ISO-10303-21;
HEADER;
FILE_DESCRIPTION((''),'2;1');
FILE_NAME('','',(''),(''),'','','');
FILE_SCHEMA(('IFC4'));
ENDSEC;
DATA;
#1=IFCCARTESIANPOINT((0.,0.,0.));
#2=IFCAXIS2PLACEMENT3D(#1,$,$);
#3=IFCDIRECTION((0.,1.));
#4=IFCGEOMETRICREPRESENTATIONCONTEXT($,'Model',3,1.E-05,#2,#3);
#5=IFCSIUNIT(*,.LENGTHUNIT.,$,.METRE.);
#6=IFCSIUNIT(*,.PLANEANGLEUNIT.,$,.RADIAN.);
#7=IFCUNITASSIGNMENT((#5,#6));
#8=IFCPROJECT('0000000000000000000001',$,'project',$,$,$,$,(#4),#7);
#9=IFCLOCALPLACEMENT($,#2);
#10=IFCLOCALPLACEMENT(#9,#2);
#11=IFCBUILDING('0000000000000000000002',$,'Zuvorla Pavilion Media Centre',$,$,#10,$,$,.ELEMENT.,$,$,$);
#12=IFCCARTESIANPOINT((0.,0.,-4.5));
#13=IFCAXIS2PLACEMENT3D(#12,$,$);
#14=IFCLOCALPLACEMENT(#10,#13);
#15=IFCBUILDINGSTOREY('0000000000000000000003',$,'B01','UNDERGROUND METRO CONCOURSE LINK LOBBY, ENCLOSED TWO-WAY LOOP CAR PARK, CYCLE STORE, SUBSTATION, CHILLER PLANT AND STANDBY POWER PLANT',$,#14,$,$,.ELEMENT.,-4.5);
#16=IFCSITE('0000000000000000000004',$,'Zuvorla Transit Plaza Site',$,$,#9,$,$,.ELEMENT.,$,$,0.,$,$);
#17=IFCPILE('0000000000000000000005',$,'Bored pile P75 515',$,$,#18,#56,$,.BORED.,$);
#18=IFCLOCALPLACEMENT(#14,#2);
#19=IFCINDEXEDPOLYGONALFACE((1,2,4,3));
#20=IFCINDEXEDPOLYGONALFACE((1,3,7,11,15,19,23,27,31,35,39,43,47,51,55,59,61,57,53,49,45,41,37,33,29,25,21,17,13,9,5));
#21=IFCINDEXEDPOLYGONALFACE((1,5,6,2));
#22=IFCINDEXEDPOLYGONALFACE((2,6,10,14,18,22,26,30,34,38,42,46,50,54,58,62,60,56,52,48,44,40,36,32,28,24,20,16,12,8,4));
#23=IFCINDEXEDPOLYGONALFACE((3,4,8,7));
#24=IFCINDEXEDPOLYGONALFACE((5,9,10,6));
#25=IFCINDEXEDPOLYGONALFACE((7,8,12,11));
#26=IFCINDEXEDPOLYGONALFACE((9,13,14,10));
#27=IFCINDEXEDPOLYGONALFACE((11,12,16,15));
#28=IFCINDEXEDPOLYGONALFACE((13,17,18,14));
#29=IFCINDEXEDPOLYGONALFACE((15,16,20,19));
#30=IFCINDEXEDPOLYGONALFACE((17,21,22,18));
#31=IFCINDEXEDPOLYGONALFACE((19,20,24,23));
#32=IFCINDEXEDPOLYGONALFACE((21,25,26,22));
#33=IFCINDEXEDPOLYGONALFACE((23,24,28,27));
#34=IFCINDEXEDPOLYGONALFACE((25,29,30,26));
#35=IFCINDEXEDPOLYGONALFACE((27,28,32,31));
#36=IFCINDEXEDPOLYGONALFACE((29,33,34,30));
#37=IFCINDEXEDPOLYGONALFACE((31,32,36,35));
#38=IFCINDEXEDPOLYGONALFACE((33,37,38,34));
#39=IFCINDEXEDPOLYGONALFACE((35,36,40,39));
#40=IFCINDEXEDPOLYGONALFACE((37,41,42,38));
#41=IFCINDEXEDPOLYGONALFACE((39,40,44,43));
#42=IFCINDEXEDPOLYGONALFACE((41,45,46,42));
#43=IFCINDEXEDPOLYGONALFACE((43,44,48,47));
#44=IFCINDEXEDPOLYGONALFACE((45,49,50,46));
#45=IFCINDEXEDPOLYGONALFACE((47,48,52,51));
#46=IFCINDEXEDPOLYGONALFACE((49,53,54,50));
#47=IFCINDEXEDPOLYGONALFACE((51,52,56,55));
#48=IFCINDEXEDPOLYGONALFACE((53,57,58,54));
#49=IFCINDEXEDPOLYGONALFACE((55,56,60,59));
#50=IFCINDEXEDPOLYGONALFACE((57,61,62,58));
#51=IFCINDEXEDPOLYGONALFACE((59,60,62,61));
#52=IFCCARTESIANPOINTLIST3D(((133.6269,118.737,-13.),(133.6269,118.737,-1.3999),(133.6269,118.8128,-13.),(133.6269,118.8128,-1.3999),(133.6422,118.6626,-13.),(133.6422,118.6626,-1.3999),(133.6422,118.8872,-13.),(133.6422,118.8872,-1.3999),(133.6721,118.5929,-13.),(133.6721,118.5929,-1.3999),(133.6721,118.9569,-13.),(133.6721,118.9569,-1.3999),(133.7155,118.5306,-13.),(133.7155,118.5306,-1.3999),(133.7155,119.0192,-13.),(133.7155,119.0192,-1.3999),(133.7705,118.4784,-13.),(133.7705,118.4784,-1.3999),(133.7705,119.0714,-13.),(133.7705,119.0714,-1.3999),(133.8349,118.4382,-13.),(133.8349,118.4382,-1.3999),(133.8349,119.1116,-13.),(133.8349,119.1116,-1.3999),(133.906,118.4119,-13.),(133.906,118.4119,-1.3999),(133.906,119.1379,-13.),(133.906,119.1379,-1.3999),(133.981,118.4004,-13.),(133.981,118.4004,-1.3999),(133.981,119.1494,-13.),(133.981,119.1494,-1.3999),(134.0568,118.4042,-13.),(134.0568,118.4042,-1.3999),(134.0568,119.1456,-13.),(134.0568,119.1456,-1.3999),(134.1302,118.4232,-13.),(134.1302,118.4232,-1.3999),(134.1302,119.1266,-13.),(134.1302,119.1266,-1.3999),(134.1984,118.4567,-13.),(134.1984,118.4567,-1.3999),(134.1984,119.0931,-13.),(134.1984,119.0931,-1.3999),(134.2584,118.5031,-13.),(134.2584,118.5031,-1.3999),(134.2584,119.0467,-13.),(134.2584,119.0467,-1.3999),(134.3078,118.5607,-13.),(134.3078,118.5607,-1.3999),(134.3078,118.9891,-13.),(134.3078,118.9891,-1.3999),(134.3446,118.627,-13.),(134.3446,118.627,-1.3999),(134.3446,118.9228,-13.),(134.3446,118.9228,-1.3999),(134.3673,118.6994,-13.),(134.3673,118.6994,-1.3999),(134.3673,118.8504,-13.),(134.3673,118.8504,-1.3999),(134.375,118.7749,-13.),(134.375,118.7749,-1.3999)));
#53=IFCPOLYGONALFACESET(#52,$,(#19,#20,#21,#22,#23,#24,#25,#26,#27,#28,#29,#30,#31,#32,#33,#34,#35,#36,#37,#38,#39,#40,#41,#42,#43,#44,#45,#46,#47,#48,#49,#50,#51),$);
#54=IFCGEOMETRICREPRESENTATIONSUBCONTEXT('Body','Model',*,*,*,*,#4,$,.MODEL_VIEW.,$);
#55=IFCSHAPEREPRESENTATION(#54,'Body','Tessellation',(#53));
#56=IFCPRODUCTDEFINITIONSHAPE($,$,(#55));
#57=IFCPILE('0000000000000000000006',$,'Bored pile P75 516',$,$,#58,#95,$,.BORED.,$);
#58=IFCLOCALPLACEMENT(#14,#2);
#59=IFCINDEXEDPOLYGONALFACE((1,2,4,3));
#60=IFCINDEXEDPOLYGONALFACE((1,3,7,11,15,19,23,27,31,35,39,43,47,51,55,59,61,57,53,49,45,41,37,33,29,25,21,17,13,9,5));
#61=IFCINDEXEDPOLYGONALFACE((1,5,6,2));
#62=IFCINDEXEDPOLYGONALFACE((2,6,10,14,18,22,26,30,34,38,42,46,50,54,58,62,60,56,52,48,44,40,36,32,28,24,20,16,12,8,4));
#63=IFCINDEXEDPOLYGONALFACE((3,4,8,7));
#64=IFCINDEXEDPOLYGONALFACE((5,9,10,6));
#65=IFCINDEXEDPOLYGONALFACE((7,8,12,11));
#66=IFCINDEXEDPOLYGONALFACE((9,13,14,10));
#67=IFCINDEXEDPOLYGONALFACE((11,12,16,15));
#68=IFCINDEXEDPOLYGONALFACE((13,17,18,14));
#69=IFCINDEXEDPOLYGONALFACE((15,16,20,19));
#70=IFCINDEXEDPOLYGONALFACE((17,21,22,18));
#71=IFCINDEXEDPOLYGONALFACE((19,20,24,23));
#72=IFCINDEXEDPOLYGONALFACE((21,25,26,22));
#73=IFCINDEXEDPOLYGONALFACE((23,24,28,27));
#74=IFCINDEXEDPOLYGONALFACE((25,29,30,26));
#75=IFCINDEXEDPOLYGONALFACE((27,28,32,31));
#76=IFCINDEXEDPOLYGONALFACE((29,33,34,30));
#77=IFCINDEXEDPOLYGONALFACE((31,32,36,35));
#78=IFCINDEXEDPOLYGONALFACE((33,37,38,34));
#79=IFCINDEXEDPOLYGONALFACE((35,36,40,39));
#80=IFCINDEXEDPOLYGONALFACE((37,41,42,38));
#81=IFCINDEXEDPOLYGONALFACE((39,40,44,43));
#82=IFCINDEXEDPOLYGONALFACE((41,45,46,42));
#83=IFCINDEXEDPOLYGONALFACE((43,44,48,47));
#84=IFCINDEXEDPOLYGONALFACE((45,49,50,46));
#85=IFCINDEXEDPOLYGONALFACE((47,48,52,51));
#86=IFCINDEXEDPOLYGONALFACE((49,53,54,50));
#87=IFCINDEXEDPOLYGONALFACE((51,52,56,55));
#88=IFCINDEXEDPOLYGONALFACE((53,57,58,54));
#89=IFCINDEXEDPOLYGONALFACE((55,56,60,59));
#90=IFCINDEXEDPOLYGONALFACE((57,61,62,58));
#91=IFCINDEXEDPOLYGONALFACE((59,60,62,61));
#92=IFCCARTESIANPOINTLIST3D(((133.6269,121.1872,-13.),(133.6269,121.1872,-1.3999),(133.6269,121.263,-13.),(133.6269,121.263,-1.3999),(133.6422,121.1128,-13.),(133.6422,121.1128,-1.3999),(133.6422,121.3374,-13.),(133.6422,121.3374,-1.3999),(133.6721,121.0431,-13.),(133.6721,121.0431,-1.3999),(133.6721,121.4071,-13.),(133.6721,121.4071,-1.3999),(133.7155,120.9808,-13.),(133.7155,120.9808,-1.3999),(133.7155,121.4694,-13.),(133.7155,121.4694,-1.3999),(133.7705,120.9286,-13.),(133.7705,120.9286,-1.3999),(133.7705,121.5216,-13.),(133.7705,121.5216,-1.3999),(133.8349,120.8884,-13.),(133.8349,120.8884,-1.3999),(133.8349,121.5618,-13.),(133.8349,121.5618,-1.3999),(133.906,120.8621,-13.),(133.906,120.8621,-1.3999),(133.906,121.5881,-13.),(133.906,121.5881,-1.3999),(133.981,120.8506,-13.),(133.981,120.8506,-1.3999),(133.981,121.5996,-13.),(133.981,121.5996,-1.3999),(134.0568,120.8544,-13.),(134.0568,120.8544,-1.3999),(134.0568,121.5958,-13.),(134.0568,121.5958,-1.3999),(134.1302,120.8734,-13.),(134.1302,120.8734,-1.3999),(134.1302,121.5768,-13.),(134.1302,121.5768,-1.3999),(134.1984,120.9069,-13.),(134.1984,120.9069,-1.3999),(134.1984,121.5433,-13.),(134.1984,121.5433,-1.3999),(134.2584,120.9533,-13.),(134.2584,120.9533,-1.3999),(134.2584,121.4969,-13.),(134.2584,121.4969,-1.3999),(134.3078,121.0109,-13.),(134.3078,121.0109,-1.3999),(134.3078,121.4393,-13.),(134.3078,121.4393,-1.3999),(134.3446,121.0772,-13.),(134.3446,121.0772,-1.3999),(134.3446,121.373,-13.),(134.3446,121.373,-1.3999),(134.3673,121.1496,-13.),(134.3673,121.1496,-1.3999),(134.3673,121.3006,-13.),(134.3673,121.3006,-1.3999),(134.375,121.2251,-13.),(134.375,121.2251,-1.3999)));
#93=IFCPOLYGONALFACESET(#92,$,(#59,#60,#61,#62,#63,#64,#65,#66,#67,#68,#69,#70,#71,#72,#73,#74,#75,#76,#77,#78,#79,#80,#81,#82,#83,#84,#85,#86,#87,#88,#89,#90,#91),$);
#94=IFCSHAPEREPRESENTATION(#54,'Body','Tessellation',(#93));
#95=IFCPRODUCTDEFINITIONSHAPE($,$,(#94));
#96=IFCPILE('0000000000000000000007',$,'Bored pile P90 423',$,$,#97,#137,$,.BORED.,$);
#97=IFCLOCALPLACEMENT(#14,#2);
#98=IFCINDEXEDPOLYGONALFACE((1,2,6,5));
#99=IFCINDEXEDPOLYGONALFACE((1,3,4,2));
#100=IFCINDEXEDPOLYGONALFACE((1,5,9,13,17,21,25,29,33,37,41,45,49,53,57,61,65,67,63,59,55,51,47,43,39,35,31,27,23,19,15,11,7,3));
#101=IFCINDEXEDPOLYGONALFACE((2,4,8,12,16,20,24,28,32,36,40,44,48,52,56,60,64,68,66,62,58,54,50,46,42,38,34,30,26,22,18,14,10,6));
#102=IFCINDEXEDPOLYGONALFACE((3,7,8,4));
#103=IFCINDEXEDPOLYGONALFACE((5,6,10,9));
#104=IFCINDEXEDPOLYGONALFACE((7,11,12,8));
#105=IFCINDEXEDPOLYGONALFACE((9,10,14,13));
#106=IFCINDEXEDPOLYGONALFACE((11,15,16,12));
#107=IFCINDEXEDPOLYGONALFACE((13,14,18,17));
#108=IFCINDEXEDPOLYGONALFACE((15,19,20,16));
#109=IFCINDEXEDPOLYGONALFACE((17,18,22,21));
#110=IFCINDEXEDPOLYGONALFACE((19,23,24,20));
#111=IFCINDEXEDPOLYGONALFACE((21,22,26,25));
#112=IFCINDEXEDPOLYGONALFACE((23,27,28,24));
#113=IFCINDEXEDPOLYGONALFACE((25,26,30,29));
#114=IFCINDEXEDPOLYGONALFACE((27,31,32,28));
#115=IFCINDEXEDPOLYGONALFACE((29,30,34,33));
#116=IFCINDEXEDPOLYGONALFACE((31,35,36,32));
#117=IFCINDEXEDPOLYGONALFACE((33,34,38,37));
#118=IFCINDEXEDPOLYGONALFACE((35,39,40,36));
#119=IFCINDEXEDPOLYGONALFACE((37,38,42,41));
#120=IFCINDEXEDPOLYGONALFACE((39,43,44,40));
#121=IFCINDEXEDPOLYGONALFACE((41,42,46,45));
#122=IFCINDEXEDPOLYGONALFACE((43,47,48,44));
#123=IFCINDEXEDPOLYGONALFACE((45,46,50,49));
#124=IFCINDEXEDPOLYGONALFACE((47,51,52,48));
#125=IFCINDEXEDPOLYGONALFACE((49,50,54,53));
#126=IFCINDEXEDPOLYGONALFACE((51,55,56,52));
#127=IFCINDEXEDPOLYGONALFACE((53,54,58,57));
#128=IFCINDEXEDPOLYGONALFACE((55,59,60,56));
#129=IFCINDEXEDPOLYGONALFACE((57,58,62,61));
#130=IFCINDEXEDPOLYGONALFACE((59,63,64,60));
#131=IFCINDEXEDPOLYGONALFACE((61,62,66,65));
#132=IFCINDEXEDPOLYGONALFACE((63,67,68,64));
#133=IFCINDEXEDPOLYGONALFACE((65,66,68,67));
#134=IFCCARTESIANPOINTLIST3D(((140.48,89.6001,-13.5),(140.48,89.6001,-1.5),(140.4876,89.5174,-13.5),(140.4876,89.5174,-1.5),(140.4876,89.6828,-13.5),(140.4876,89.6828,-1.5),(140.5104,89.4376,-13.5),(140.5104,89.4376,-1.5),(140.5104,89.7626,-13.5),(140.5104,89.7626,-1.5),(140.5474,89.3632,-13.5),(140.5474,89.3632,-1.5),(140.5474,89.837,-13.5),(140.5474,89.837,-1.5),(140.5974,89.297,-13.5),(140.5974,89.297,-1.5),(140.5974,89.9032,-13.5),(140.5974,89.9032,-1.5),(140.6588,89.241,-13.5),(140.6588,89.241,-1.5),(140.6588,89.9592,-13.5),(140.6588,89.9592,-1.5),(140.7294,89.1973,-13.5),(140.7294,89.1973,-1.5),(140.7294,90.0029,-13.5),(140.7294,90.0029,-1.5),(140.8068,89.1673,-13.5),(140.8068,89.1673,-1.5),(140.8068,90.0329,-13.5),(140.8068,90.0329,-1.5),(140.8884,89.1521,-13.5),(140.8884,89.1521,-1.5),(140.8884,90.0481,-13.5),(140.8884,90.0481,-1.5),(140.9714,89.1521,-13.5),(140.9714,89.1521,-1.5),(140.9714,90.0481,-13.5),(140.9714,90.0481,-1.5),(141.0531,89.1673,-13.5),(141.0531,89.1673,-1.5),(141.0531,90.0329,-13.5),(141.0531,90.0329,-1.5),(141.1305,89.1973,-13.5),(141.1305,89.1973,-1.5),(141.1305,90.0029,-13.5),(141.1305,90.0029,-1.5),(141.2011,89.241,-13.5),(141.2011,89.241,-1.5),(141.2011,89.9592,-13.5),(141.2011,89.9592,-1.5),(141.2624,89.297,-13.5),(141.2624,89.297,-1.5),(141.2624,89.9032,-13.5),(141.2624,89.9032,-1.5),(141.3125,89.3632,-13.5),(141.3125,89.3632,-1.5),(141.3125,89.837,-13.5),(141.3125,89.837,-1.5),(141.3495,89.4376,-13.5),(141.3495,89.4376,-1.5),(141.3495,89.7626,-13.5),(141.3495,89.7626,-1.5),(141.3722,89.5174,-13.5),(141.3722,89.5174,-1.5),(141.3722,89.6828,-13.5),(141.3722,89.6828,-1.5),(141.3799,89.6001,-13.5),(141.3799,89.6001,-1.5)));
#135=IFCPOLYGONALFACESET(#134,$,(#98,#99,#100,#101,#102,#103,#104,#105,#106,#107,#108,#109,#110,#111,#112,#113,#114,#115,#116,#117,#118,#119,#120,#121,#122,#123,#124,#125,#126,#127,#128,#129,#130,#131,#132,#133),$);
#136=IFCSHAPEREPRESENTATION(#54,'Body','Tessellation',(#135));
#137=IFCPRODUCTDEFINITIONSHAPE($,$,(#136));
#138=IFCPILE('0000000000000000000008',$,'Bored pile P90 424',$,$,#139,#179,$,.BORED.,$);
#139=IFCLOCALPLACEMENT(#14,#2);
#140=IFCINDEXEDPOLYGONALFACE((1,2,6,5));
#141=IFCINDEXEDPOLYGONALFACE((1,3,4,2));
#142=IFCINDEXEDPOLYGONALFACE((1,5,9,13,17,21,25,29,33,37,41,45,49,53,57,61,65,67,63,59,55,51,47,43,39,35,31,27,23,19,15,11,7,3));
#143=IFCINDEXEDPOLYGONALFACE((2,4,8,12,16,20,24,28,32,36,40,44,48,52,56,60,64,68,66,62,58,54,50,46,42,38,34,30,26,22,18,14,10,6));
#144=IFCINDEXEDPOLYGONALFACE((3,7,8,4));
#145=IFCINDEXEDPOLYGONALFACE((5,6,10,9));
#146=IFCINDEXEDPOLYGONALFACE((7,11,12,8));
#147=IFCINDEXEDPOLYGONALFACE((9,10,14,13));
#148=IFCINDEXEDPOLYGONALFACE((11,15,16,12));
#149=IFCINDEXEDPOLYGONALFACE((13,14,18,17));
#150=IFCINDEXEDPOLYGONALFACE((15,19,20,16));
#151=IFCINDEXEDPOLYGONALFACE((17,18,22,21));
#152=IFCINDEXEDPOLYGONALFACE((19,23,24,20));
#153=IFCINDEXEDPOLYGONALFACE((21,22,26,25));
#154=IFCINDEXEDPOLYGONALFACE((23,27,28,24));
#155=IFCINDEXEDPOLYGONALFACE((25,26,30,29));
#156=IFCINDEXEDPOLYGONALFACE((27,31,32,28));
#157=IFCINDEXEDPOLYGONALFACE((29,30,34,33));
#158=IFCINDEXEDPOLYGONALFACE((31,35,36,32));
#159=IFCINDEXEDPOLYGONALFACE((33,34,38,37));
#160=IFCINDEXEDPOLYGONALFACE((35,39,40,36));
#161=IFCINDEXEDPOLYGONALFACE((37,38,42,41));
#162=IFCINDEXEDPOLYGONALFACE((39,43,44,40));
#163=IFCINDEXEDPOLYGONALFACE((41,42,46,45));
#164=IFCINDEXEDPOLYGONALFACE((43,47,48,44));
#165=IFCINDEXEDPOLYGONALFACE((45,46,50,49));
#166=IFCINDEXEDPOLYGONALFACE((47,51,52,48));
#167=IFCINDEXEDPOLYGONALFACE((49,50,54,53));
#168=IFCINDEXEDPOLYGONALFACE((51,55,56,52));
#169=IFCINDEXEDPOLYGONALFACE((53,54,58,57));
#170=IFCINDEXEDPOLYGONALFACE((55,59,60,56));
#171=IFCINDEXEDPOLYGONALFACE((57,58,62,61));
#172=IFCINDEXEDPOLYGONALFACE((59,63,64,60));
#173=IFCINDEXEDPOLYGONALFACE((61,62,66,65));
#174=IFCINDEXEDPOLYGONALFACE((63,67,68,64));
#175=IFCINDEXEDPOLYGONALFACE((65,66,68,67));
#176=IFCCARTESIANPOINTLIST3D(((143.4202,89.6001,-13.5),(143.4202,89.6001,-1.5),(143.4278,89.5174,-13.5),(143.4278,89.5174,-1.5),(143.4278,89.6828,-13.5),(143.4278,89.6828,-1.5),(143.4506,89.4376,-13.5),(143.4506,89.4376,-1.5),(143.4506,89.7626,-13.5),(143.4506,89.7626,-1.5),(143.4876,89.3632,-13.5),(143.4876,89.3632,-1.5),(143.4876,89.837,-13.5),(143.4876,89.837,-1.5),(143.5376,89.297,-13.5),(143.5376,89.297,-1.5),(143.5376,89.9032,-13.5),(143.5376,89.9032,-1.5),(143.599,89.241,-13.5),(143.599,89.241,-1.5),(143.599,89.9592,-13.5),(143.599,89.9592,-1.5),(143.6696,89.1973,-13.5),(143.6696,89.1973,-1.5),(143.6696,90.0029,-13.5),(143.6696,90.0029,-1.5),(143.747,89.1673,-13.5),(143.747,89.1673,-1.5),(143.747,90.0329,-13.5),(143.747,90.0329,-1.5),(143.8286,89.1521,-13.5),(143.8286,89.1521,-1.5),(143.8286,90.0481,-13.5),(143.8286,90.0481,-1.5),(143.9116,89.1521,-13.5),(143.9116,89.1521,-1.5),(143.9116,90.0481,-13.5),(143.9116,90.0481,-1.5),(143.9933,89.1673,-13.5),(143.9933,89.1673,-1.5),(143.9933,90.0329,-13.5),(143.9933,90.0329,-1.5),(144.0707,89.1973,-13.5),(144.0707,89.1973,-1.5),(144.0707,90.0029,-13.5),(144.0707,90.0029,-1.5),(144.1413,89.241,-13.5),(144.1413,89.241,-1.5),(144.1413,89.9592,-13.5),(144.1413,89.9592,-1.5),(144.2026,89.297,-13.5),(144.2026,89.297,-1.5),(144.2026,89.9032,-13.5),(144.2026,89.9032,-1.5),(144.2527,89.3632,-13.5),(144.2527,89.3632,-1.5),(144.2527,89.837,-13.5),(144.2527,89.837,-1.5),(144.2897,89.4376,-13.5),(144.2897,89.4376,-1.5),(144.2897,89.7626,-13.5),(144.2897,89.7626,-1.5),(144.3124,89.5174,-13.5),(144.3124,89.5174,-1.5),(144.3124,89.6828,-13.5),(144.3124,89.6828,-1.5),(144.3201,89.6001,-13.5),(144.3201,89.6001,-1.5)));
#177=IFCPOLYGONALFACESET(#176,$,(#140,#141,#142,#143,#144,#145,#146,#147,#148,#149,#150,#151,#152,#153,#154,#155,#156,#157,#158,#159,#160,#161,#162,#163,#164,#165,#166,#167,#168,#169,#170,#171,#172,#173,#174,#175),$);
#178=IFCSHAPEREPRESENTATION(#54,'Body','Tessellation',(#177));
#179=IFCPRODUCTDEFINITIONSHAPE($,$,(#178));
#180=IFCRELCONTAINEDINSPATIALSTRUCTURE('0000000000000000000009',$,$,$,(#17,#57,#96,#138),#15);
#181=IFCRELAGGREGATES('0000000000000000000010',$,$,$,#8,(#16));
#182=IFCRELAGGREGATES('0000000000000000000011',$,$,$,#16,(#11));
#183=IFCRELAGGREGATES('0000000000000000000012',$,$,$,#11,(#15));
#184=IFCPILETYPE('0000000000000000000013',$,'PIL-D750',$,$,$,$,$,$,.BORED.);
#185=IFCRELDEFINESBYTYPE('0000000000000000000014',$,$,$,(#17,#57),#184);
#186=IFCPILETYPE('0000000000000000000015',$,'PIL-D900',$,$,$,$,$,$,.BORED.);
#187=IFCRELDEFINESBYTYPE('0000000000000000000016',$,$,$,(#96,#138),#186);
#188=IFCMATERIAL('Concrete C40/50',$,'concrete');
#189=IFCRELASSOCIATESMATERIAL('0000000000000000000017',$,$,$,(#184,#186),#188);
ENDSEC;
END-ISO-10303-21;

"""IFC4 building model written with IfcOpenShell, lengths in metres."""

from ifc_helpers import new_model, si_unit, direction, frame, origin, origin_2d, place, context, subcontext, project, spatial, circle, extrude, material, material_profile, profile_set, type_object, element, save


model = new_model("IFC4")

# Units and contexts
model_context = context("Model", 3, precision=1e-05, world=origin(), true_north=direction((0.0, 1.0)))
body_context = subcontext(model_context, "Body", "Model", "MODEL_VIEW")
ifc_project = project(units=[si_unit("LENGTHUNIT", "METRE"), si_unit("PLANEANGLEUNIT", "RADIAN")], contexts=[model_context])

# Site, building, storey
site_placement = place(None, origin())
site = spatial("IfcSite", under=ifc_project, at=site_placement, Name="Zuvorla Transit Plaza Site", CompositionType="ELEMENT", RefElevation=0.0)
building_placement = place(site_placement, origin())
building = spatial("IfcBuilding", under=site, at=building_placement, Name="Zuvorla Pavilion Media Centre", CompositionType="ELEMENT")
storey_placement = place(building_placement, frame((0.0, 0.0, -4.5)))
storey = spatial("IfcBuildingStorey", under=building, at=storey_placement, Name="B01", Description="UNDERGROUND METRO CONCOURSE LINK LOBBY, ENCLOSED TWO-WAY LOOP CAR PARK, CYCLE STORE, SUBSTATION, CHILLER PLANT AND STANDBY POWER PLANT", CompositionType="ELEMENT", Elevation=-4.5)

# Shared definitions
ifc_material = material(Name="Concrete C40/50", Category="concrete")

# Piles
ifc_material_profile_1 = material_profile(ifc_material, circle(Radius=0.375, at=origin_2d()), Name="BORED PILE 750")
ifc_profile_set_1 = profile_set([ifc_material_profile_1], Name="Concrete C40/50")
pile_type_1 = type_object("IfcPileType", Name="PIL-D750", PredefinedType="BORED", material=ifc_profile_set_1)
for number, where, z_axis, x_axis, name in (
    (1, (134.0, 118.7749, -1.3999), (0.0, 0.0, -1.0), (1.0, 0.0, 0.0), "Bored pile P75 515"),
    (2, (134.0, 121.2251, -1.3999), (0.0, 0.0, -1.0), (1.0, 0.0, 0.0), "Bored pile P75 516"),
):
    element("IfcPile", number, at=place(storey_placement, frame(where, z_axis=z_axis, x_axis=x_axis)), inside=storey, type_object=pile_type_1, Name=name, PredefinedType="BORED", context=body_context, shape_type="SweptSolid", body=[
        extrude(circle(Radius=0.375, at=origin_2d()), origin(), (0.0, 0.0, 1.0), 11.6001),
    ])
ifc_material_profile_2 = material_profile(ifc_material, circle(Radius=0.45, at=origin_2d()), Name="BORED PILE 900")
ifc_profile_set_2 = profile_set([ifc_material_profile_2], Name="Concrete C40/50")
pile_type_2 = type_object("IfcPileType", Name="PIL-D900", PredefinedType="BORED", material=ifc_profile_set_2)
for number, where, z_axis, x_axis, name in (
    (3, (140.9299, 89.6001, -1.5), (0.0, 0.0, -1.0), (1.0, 0.0, 0.0), "Bored pile P90 423"),
    (4, (143.8701, 89.6001, -1.5), (0.0, 0.0, -1.0), (1.0, 0.0, 0.0), "Bored pile P90 424"),
):
    element("IfcPile", number, at=place(storey_placement, frame(where, z_axis=z_axis, x_axis=x_axis)), inside=storey, type_object=pile_type_2, Name=name, PredefinedType="BORED", context=body_context, shape_type="SweptSolid", body=[
        extrude(circle(Radius=0.45, at=origin_2d()), origin(), (0.0, 0.0, 1.0), 12.0),
    ])

save(model, "model.ifc")
